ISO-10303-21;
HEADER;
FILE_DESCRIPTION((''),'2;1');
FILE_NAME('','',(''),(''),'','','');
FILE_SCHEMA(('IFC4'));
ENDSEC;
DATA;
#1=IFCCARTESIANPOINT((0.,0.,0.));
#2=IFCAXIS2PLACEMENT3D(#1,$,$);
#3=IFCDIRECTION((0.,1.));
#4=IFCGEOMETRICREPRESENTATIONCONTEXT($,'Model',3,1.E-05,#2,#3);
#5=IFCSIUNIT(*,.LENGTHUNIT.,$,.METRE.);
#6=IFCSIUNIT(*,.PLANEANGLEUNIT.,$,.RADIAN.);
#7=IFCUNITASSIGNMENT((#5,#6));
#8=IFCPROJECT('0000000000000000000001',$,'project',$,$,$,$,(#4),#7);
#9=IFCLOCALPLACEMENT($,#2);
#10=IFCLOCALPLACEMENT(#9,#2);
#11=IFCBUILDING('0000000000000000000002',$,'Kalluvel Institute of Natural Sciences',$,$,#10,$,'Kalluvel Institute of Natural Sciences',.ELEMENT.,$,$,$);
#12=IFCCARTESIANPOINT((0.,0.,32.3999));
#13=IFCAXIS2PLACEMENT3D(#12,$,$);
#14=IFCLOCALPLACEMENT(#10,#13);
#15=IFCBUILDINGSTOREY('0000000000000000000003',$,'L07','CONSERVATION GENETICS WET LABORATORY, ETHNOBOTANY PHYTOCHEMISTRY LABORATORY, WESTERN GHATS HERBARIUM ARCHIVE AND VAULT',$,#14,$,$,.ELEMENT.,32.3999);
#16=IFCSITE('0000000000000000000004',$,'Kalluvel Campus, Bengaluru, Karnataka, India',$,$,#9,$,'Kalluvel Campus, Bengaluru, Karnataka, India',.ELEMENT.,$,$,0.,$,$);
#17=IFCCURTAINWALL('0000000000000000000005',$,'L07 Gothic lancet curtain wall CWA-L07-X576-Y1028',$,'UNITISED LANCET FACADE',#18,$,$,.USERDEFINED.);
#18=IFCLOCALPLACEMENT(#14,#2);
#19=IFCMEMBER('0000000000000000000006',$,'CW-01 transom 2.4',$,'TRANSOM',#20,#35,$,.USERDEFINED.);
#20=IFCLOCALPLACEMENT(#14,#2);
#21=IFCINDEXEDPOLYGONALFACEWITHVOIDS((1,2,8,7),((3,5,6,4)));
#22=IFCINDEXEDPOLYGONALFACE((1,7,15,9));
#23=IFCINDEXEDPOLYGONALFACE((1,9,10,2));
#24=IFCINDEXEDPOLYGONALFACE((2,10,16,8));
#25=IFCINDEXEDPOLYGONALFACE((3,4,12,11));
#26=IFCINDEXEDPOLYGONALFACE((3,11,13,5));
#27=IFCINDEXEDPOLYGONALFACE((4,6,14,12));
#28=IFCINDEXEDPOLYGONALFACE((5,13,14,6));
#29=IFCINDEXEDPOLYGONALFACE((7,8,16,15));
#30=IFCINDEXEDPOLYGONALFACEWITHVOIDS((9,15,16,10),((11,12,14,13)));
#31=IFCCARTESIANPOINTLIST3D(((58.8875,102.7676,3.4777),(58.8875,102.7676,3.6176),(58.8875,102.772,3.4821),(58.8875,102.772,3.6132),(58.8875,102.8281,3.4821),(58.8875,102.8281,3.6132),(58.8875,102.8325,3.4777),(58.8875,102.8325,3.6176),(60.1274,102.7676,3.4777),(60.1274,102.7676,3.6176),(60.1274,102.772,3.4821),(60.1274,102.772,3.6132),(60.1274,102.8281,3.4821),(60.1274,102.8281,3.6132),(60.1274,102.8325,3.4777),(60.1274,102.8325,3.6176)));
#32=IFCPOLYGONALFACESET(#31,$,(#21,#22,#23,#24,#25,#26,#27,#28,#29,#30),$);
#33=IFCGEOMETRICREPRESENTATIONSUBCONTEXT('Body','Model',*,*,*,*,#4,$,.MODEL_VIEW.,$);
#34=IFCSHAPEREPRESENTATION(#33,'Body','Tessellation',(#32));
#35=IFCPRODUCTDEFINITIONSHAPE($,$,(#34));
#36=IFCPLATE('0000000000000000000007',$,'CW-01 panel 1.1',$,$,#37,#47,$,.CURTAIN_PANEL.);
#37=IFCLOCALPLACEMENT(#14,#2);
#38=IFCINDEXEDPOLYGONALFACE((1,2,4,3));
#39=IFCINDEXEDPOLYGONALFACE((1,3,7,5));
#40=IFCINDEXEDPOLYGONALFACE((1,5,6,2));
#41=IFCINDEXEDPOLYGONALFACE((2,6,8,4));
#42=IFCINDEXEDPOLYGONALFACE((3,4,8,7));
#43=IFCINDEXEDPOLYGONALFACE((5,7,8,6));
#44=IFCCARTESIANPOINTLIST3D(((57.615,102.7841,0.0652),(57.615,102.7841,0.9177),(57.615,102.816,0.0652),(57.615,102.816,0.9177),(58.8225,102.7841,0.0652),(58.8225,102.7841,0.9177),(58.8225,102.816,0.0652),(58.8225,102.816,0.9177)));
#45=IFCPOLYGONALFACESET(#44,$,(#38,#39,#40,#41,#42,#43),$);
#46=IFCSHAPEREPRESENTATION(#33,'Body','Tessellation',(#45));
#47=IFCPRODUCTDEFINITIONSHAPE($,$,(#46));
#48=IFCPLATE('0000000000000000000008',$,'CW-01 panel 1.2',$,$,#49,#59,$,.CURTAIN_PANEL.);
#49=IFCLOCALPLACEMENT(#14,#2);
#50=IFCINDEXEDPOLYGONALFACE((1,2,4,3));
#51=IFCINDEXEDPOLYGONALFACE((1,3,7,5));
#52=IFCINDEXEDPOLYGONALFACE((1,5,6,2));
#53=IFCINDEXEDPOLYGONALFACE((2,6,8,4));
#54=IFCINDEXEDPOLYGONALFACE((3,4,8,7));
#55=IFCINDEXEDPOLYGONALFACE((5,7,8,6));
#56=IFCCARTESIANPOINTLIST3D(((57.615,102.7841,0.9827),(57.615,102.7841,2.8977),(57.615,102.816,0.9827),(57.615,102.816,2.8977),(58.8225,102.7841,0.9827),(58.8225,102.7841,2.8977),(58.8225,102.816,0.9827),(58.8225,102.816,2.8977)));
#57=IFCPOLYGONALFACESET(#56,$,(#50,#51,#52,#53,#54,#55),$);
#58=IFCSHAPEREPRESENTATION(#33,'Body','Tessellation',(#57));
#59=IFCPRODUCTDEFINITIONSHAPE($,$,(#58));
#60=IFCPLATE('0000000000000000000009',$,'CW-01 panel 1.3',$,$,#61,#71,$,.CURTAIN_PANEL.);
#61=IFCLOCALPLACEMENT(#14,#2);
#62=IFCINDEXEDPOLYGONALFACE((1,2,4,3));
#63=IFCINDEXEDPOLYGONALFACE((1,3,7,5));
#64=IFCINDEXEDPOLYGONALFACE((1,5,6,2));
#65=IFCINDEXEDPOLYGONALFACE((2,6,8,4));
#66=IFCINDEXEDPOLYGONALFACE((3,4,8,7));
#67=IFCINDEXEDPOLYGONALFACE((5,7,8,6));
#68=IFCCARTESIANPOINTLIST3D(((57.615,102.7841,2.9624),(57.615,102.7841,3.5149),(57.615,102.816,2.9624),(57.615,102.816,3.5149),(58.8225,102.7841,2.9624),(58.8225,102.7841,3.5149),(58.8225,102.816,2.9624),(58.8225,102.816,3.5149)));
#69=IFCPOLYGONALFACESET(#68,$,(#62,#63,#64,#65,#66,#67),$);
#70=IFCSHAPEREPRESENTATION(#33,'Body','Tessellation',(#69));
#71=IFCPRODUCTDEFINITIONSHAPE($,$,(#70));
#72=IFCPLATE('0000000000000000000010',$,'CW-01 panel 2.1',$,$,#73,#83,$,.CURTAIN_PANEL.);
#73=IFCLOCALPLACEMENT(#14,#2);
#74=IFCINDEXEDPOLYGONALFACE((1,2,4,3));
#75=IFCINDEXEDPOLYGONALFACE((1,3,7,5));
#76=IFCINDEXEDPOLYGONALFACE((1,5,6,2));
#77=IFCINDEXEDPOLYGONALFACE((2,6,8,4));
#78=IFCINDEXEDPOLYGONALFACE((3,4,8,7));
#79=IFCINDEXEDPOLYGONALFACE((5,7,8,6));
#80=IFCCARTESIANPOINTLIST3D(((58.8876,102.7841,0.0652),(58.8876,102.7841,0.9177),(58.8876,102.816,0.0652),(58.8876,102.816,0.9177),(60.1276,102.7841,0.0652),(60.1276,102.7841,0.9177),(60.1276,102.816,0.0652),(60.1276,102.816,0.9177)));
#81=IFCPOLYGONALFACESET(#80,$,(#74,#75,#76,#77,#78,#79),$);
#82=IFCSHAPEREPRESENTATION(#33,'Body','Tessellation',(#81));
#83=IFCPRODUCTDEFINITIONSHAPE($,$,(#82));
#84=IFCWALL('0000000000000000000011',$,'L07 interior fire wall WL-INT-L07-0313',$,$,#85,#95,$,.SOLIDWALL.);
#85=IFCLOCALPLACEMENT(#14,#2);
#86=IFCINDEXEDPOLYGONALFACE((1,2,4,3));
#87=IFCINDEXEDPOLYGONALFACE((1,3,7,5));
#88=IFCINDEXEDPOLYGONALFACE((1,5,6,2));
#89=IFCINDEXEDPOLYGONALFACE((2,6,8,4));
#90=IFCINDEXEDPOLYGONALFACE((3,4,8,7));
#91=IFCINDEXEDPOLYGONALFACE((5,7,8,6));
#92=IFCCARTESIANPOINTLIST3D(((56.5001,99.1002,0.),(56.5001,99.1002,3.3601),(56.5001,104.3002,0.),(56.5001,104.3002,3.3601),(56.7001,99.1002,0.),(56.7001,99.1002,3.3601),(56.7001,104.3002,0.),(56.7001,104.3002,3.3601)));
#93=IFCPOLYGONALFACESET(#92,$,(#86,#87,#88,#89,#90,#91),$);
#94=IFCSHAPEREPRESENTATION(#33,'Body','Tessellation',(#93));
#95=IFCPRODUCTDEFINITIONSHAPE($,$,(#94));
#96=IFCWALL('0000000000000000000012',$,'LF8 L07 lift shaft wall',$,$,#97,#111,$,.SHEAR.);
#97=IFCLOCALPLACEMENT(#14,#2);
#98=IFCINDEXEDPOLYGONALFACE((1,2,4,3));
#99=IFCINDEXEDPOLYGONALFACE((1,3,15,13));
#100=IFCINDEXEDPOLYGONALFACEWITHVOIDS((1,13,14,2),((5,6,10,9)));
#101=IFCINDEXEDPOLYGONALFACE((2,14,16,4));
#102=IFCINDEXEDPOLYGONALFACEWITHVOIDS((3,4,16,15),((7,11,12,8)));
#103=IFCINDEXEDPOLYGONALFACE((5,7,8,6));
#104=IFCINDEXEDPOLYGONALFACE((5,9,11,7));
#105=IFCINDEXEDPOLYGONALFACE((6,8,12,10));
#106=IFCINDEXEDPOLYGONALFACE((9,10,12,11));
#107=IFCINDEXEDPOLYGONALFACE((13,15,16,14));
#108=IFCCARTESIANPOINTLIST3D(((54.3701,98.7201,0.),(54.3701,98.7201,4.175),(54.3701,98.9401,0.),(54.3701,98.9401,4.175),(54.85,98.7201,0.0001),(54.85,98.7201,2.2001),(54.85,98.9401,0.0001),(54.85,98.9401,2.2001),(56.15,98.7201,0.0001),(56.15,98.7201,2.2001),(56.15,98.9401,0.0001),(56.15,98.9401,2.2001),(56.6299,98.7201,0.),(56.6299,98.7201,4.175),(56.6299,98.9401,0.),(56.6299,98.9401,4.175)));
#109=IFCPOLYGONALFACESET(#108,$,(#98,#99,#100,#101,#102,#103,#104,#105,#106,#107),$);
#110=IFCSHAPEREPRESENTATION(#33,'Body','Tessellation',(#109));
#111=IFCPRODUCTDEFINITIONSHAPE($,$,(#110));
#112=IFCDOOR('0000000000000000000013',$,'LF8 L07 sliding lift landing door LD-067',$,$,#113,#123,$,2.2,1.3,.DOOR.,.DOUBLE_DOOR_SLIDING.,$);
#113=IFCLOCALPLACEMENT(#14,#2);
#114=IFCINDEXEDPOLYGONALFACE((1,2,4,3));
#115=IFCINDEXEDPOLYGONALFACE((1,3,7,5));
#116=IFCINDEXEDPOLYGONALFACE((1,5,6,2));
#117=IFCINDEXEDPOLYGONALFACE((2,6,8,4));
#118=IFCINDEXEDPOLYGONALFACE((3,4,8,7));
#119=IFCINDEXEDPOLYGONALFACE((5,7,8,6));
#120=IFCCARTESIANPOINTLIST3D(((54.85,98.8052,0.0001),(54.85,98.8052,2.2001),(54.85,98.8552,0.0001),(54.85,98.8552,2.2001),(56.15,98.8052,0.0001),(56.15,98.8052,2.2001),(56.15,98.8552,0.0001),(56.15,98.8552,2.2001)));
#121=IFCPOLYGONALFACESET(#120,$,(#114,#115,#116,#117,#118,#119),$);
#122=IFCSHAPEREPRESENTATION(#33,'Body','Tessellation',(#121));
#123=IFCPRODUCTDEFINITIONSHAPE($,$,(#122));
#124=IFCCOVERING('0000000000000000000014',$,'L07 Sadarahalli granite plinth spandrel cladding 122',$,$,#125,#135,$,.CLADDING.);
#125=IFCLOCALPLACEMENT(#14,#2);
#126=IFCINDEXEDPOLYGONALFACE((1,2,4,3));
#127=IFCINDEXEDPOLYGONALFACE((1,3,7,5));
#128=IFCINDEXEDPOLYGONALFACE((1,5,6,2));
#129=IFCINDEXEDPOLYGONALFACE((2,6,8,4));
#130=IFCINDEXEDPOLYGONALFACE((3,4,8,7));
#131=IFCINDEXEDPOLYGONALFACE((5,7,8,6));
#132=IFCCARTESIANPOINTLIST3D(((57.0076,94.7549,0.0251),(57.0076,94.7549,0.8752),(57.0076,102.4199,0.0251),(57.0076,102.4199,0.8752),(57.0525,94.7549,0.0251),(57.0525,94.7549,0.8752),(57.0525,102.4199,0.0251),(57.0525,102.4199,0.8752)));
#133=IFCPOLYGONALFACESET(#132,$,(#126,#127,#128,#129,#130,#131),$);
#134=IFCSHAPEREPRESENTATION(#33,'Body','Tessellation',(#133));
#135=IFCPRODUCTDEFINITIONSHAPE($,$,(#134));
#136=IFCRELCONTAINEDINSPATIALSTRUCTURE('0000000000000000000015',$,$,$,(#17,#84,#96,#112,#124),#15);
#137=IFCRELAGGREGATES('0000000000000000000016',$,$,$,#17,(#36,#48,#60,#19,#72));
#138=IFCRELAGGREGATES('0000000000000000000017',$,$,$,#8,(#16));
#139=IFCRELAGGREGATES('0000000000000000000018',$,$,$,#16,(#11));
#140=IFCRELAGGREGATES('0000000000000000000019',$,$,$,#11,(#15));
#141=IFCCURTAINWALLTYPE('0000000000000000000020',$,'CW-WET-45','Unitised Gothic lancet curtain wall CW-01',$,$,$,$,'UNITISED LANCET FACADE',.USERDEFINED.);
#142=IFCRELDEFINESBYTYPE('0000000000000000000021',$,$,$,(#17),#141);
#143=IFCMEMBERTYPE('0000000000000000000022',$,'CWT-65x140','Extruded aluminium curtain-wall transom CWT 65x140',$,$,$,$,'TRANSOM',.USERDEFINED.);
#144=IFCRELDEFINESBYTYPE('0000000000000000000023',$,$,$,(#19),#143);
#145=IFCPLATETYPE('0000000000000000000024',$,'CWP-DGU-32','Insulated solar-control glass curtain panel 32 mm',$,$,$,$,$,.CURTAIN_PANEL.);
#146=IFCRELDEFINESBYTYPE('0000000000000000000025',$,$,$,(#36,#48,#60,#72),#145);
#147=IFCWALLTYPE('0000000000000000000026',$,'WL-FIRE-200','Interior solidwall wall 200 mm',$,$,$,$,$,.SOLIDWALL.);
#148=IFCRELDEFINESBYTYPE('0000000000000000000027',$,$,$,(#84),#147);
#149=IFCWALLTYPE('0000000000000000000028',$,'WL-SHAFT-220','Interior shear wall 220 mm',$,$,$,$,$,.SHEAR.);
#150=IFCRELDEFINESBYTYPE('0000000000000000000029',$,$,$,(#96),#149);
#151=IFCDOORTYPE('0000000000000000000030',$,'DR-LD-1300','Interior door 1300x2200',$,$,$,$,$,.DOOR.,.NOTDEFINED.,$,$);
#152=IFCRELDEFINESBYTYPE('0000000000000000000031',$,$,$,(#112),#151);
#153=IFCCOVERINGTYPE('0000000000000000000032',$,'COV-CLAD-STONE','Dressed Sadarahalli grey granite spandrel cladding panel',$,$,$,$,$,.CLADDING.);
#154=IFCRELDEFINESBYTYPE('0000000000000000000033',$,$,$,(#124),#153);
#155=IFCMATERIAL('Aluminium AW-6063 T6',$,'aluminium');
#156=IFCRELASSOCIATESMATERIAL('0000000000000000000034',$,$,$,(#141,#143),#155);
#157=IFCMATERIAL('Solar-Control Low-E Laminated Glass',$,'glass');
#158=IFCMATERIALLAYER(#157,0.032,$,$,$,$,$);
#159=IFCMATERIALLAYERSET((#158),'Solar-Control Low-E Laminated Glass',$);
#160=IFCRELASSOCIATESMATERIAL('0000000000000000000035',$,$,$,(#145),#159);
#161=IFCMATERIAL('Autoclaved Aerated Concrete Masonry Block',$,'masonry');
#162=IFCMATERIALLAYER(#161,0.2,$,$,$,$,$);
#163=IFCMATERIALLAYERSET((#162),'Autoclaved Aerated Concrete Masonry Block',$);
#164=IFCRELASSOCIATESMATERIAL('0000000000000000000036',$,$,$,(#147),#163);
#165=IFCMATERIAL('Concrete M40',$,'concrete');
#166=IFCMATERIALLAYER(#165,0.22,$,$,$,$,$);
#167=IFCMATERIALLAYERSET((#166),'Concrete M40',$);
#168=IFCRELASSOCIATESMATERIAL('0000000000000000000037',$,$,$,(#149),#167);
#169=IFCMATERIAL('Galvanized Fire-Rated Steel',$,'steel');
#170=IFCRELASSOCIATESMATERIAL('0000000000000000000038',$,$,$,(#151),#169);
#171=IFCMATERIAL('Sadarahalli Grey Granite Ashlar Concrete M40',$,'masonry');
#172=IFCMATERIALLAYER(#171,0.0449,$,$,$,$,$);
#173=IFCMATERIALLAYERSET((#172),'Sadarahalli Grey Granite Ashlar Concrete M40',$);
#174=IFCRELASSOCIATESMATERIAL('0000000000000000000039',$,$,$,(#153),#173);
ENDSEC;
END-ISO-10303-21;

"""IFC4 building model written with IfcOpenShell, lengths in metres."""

from ifc_helpers import new_model, si_unit, direction, frame, frame_2d, origin, origin_2d, place, context, subcontext, project, spatial, rectangle, hollow_rectangle, extrude, material, layer, layer_set, material_profile, profile_set, type_object, element, fill, aggregate, save


model = new_model("IFC4")

# Units and contexts
model_context = context("Model", 3, precision=1e-05, world=origin(), true_north=direction((0.0, 1.0)))
body_context = subcontext(model_context, "Body", "Model", "MODEL_VIEW")
ifc_project = project(units=[si_unit("LENGTHUNIT", "METRE"), si_unit("PLANEANGLEUNIT", "RADIAN")], contexts=[model_context])

# Site, building, storey
site_placement = place(None, origin())
site = spatial("IfcSite", under=ifc_project, at=site_placement, Name="Kalluvel Campus, Bengaluru, Karnataka, India", LongName="Kalluvel Campus, Bengaluru, Karnataka, India", CompositionType="ELEMENT", RefElevation=0.0)
building_placement = place(site_placement, origin())
building = spatial("IfcBuilding", under=site, at=building_placement, Name="Kalluvel Institute of Natural Sciences", LongName="Kalluvel Institute of Natural Sciences", CompositionType="ELEMENT")
storey_placement = place(building_placement, frame((0.0, 0.0, 32.3999)))
storey = spatial("IfcBuildingStorey", under=building, at=storey_placement, Name="L07", Description="CONSERVATION GENETICS WET LABORATORY, ETHNOBOTANY PHYTOCHEMISTRY LABORATORY, WESTERN GHATS HERBARIUM ARCHIVE AND VAULT", CompositionType="ELEMENT", Elevation=32.3999)

# Shared definitions
ifc_material_1 = material(Name="Concrete M40", Category="concrete")

# Curtain wall, member, plates
ifc_material_2 = material(Name="Aluminium AW-6063 T6", Category="aluminium")
curtain_wall_type = type_object("IfcCurtainWallType", Name="CW-WET-45", Description="Unitised Gothic lancet curtain wall CW-01", ElementType="UNITISED LANCET FACADE", PredefinedType="USERDEFINED", material=ifc_material_2)
curtain_wall_placement = place(storey_placement, origin())
curtain_wall = element("IfcCurtainWall", 1, at=curtain_wall_placement, inside=storey, type_object=curtain_wall_type, Name="L07 Gothic lancet curtain wall CWA-L07-X576-Y1028", ObjectType="UNITISED LANCET FACADE", PredefinedType="USERDEFINED")
ifc_material_profile_1 = material_profile(ifc_material_2, hollow_rectangle(XDim=0.0649, YDim=0.1399, WallThickness=0.0044, at=origin_2d()), Name="CWT 65x140")
ifc_profile_set_1 = profile_set([ifc_material_profile_1], Name="Aluminium AW-6063 T6")
member_type_1 = type_object("IfcMemberType", Name="CWT-65x140", Description="Extruded aluminium curtain-wall transom CWT 65x140", ElementType="TRANSOM", PredefinedType="USERDEFINED", material=ifc_profile_set_1)
member_1_placement = place(storey_placement, frame((58.8875, 102.8, 3.5476), z_axis=(1.0, 0.0, 0.0), x_axis=(0.0, 1.0, 0.0)))
member_1 = element("IfcMember", 2, at=member_1_placement, type_object=member_type_1, Name="CW-01 transom 2.4", ObjectType="TRANSOM", PredefinedType="USERDEFINED", context=body_context, shape_type="SweptSolid", body=[
    extrude(hollow_rectangle(XDim=0.0649, YDim=0.1399, WallThickness=0.0044, at=origin_2d()), origin(), (0.0, 0.0, 1.0), 1.24),
])
ifc_material_3 = material(Name="Solar-Control Low-E Laminated Glass", Category="glass")
ifc_layer_1 = layer(ifc_material_3, 0.032)
ifc_layer_set_1 = layer_set([ifc_layer_1], Name="Solar-Control Low-E Laminated Glass")
plate_type = type_object("IfcPlateType", Name="CWP-DGU-32", Description="Insulated solar-control glass curtain panel 32 mm", PredefinedType="CURTAIN_PANEL", material=ifc_layer_set_1)
plate_1_placement = place(storey_placement, frame((58.2188, 102.8, 0.0652), z_axis=(0.0, 0.0, 1.0), x_axis=(1.0, 0.0, 0.0)))
plate_1 = element("IfcPlate", 3, at=plate_1_placement, type_object=plate_type, Name="CW-01 panel 1.1", PredefinedType="CURTAIN_PANEL", context=body_context, shape_type="SweptSolid", body=[
    extrude(rectangle(XDim=1.2075, YDim=0.032, at=origin_2d()), origin(), (0.0, 0.0, 1.0), 0.8525),
])
plate_2_placement = place(storey_placement, frame((58.2188, 102.8, 0.9827), z_axis=(0.0, 0.0, 1.0), x_axis=(1.0, 0.0, 0.0)))
plate_2 = element("IfcPlate", 4, at=plate_2_placement, type_object=plate_type, Name="CW-01 panel 1.2", PredefinedType="CURTAIN_PANEL", context=body_context, shape_type="SweptSolid", body=[
    extrude(rectangle(XDim=1.2075, YDim=0.032, at=origin_2d()), origin(), (0.0, 0.0, 1.0), 1.915),
])
plate_3_placement = place(storey_placement, frame((58.2188, 102.8, 2.9624), z_axis=(0.0, 0.0, 1.0), x_axis=(1.0, 0.0, 0.0)))
plate_3 = element("IfcPlate", 5, at=plate_3_placement, type_object=plate_type, Name="CW-01 panel 1.3", PredefinedType="CURTAIN_PANEL", context=body_context, shape_type="SweptSolid", body=[
    extrude(rectangle(XDim=1.2075, YDim=0.032, at=origin_2d()), origin(), (0.0, 0.0, 1.0), 0.5525),
])
plate_4_placement = place(storey_placement, frame((59.5076, 102.8, 0.0652), z_axis=(0.0, 0.0, 1.0), x_axis=(1.0, 0.0, 0.0)))
plate_4 = element("IfcPlate", 6, at=plate_4_placement, type_object=plate_type, Name="CW-01 panel 2.1", PredefinedType="CURTAIN_PANEL", context=body_context, shape_type="SweptSolid", body=[
    extrude(rectangle(XDim=1.24, YDim=0.032, at=origin_2d()), origin(), (0.0, 0.0, 1.0), 0.8525),
])
aggregate(curtain_wall, [plate_1, plate_2, plate_3, member_1, plate_4])

# Wall
ifc_material_4 = material(Name="Autoclaved Aerated Concrete Masonry Block", Category="masonry")
ifc_layer_2 = layer(ifc_material_4, 0.2)
ifc_layer_set_2 = layer_set([ifc_layer_2], Name="Autoclaved Aerated Concrete Masonry Block")
wall_type_1 = type_object("IfcWallType", Name="WL-FIRE-200", Description="Interior solidwall wall 200 mm", PredefinedType="SOLIDWALL", material=ifc_layer_set_2)
wall_1_placement = place(storey_placement, frame((56.6001, 99.1001, 0.0), z_axis=(0.0, 0.0, 1.0), x_axis=(0.0, 1.0, 0.0)))
element("IfcWall", 7, at=wall_1_placement, inside=storey, type_object=wall_type_1, Name="L07 interior fire wall WL-INT-L07-0313", PredefinedType="SOLIDWALL", context=body_context, shape_type="SweptSolid", body=[
    extrude(rectangle(XDim=5.2, YDim=0.2, at=frame_2d((2.6001, 0.0))), origin(), (0.0, 0.0, 1.0), 3.3601),
])

# Wall, opening, door
ifc_layer_3 = layer(ifc_material_1, 0.22)
ifc_layer_set_3 = layer_set([ifc_layer_3], Name="Concrete M40")
wall_type_2 = type_object("IfcWallType", Name="WL-SHAFT-220", Description="Interior shear wall 220 mm", PredefinedType="SHEAR", material=ifc_layer_set_3)
wall_2_placement = place(storey_placement, frame((56.6299, 98.8301, 0.0), z_axis=(0.0, 0.0, 1.0), x_axis=(-1.0, 0.0, 0.0)))
wall_2 = element("IfcWall", 8, at=wall_2_placement, inside=storey, type_object=wall_type_2, Name="LF8 L07 lift shaft wall", PredefinedType="SHEAR", context=body_context, shape_type="SweptSolid", body=[
    extrude(rectangle(XDim=2.2598, YDim=0.22, at=frame_2d((1.1299, 0.0))), origin(), (0.0, 0.0, 1.0), 4.175),
])
opening_placement = place(wall_2_placement, frame((0.48, 0.0, 0.0)))
opening = element("IfcOpeningElement", 9, at=opening_placement, cuts=wall_2, PredefinedType="OPENING", context=body_context, shape_type="SweptSolid", body=[
    extrude(rectangle(XDim=1.3, YDim=2.2, at=frame_2d((0.6499, 1.1001))), frame((0.0, 0.1199, 0.0), z_axis=(0.0, -1.0, 0.0), x_axis=(1.0, 0.0, 0.0)), (0.0, 0.0, 1.0), 0.24),
])
ifc_material_5 = material(Name="Galvanized Fire-Rated Steel", Category="steel")
door_type = type_object("IfcDoorType", Name="DR-LD-1300", Description="Interior door 1300x2200", OperationType="NOTDEFINED", PredefinedType="DOOR", material=ifc_material_5)
door_placement = place(opening_placement, origin())
door = element("IfcDoor", 10, at=door_placement, inside=storey, type_object=door_type, Name="LF8 L07 sliding lift landing door LD-067", OperationType="DOUBLE_DOOR_SLIDING", OverallHeight=2.2, OverallWidth=1.3, PredefinedType="DOOR", context=body_context, shape_type="SweptSolid", body=[
    extrude(rectangle(XDim=1.3, YDim=2.2, at=frame_2d((0.6499, 1.1001))), frame((0.0, 0.0249, 0.0), z_axis=(0.0, -1.0, 0.0), x_axis=(1.0, 0.0, 0.0)), (0.0, 0.0, 1.0), 0.05),
])
fill(opening, door)

# Covering
ifc_material_6 = material(Name="Sadarahalli Grey Granite Ashlar Concrete M40", Category="masonry")
ifc_layer_4 = layer(ifc_material_6, 0.0449)
ifc_layer_set_4 = layer_set([ifc_layer_4], Name="Sadarahalli Grey Granite Ashlar Concrete M40")
covering_type = type_object("IfcCoveringType", Name="COV-CLAD-STONE", Description="Dressed Sadarahalli grey granite spandrel cladding panel", PredefinedType="CLADDING", material=ifc_layer_set_4)
covering_placement = place(storey_placement, frame((57.03, 98.5874, 0.0251), z_axis=(0.0, 0.0, 1.0), x_axis=(0.0, 1.0, 0.0)))
element("IfcCovering", 11, at=covering_placement, inside=storey, type_object=covering_type, Name="L07 Sadarahalli granite plinth spandrel cladding 122", PredefinedType="CLADDING", context=body_context, shape_type="SweptSolid", body=[
    extrude(rectangle(XDim=7.665, YDim=0.0449, at=origin_2d()), origin(), (0.0, 0.0, 1.0), 0.8501),
])

save(model, "model.ifc")
